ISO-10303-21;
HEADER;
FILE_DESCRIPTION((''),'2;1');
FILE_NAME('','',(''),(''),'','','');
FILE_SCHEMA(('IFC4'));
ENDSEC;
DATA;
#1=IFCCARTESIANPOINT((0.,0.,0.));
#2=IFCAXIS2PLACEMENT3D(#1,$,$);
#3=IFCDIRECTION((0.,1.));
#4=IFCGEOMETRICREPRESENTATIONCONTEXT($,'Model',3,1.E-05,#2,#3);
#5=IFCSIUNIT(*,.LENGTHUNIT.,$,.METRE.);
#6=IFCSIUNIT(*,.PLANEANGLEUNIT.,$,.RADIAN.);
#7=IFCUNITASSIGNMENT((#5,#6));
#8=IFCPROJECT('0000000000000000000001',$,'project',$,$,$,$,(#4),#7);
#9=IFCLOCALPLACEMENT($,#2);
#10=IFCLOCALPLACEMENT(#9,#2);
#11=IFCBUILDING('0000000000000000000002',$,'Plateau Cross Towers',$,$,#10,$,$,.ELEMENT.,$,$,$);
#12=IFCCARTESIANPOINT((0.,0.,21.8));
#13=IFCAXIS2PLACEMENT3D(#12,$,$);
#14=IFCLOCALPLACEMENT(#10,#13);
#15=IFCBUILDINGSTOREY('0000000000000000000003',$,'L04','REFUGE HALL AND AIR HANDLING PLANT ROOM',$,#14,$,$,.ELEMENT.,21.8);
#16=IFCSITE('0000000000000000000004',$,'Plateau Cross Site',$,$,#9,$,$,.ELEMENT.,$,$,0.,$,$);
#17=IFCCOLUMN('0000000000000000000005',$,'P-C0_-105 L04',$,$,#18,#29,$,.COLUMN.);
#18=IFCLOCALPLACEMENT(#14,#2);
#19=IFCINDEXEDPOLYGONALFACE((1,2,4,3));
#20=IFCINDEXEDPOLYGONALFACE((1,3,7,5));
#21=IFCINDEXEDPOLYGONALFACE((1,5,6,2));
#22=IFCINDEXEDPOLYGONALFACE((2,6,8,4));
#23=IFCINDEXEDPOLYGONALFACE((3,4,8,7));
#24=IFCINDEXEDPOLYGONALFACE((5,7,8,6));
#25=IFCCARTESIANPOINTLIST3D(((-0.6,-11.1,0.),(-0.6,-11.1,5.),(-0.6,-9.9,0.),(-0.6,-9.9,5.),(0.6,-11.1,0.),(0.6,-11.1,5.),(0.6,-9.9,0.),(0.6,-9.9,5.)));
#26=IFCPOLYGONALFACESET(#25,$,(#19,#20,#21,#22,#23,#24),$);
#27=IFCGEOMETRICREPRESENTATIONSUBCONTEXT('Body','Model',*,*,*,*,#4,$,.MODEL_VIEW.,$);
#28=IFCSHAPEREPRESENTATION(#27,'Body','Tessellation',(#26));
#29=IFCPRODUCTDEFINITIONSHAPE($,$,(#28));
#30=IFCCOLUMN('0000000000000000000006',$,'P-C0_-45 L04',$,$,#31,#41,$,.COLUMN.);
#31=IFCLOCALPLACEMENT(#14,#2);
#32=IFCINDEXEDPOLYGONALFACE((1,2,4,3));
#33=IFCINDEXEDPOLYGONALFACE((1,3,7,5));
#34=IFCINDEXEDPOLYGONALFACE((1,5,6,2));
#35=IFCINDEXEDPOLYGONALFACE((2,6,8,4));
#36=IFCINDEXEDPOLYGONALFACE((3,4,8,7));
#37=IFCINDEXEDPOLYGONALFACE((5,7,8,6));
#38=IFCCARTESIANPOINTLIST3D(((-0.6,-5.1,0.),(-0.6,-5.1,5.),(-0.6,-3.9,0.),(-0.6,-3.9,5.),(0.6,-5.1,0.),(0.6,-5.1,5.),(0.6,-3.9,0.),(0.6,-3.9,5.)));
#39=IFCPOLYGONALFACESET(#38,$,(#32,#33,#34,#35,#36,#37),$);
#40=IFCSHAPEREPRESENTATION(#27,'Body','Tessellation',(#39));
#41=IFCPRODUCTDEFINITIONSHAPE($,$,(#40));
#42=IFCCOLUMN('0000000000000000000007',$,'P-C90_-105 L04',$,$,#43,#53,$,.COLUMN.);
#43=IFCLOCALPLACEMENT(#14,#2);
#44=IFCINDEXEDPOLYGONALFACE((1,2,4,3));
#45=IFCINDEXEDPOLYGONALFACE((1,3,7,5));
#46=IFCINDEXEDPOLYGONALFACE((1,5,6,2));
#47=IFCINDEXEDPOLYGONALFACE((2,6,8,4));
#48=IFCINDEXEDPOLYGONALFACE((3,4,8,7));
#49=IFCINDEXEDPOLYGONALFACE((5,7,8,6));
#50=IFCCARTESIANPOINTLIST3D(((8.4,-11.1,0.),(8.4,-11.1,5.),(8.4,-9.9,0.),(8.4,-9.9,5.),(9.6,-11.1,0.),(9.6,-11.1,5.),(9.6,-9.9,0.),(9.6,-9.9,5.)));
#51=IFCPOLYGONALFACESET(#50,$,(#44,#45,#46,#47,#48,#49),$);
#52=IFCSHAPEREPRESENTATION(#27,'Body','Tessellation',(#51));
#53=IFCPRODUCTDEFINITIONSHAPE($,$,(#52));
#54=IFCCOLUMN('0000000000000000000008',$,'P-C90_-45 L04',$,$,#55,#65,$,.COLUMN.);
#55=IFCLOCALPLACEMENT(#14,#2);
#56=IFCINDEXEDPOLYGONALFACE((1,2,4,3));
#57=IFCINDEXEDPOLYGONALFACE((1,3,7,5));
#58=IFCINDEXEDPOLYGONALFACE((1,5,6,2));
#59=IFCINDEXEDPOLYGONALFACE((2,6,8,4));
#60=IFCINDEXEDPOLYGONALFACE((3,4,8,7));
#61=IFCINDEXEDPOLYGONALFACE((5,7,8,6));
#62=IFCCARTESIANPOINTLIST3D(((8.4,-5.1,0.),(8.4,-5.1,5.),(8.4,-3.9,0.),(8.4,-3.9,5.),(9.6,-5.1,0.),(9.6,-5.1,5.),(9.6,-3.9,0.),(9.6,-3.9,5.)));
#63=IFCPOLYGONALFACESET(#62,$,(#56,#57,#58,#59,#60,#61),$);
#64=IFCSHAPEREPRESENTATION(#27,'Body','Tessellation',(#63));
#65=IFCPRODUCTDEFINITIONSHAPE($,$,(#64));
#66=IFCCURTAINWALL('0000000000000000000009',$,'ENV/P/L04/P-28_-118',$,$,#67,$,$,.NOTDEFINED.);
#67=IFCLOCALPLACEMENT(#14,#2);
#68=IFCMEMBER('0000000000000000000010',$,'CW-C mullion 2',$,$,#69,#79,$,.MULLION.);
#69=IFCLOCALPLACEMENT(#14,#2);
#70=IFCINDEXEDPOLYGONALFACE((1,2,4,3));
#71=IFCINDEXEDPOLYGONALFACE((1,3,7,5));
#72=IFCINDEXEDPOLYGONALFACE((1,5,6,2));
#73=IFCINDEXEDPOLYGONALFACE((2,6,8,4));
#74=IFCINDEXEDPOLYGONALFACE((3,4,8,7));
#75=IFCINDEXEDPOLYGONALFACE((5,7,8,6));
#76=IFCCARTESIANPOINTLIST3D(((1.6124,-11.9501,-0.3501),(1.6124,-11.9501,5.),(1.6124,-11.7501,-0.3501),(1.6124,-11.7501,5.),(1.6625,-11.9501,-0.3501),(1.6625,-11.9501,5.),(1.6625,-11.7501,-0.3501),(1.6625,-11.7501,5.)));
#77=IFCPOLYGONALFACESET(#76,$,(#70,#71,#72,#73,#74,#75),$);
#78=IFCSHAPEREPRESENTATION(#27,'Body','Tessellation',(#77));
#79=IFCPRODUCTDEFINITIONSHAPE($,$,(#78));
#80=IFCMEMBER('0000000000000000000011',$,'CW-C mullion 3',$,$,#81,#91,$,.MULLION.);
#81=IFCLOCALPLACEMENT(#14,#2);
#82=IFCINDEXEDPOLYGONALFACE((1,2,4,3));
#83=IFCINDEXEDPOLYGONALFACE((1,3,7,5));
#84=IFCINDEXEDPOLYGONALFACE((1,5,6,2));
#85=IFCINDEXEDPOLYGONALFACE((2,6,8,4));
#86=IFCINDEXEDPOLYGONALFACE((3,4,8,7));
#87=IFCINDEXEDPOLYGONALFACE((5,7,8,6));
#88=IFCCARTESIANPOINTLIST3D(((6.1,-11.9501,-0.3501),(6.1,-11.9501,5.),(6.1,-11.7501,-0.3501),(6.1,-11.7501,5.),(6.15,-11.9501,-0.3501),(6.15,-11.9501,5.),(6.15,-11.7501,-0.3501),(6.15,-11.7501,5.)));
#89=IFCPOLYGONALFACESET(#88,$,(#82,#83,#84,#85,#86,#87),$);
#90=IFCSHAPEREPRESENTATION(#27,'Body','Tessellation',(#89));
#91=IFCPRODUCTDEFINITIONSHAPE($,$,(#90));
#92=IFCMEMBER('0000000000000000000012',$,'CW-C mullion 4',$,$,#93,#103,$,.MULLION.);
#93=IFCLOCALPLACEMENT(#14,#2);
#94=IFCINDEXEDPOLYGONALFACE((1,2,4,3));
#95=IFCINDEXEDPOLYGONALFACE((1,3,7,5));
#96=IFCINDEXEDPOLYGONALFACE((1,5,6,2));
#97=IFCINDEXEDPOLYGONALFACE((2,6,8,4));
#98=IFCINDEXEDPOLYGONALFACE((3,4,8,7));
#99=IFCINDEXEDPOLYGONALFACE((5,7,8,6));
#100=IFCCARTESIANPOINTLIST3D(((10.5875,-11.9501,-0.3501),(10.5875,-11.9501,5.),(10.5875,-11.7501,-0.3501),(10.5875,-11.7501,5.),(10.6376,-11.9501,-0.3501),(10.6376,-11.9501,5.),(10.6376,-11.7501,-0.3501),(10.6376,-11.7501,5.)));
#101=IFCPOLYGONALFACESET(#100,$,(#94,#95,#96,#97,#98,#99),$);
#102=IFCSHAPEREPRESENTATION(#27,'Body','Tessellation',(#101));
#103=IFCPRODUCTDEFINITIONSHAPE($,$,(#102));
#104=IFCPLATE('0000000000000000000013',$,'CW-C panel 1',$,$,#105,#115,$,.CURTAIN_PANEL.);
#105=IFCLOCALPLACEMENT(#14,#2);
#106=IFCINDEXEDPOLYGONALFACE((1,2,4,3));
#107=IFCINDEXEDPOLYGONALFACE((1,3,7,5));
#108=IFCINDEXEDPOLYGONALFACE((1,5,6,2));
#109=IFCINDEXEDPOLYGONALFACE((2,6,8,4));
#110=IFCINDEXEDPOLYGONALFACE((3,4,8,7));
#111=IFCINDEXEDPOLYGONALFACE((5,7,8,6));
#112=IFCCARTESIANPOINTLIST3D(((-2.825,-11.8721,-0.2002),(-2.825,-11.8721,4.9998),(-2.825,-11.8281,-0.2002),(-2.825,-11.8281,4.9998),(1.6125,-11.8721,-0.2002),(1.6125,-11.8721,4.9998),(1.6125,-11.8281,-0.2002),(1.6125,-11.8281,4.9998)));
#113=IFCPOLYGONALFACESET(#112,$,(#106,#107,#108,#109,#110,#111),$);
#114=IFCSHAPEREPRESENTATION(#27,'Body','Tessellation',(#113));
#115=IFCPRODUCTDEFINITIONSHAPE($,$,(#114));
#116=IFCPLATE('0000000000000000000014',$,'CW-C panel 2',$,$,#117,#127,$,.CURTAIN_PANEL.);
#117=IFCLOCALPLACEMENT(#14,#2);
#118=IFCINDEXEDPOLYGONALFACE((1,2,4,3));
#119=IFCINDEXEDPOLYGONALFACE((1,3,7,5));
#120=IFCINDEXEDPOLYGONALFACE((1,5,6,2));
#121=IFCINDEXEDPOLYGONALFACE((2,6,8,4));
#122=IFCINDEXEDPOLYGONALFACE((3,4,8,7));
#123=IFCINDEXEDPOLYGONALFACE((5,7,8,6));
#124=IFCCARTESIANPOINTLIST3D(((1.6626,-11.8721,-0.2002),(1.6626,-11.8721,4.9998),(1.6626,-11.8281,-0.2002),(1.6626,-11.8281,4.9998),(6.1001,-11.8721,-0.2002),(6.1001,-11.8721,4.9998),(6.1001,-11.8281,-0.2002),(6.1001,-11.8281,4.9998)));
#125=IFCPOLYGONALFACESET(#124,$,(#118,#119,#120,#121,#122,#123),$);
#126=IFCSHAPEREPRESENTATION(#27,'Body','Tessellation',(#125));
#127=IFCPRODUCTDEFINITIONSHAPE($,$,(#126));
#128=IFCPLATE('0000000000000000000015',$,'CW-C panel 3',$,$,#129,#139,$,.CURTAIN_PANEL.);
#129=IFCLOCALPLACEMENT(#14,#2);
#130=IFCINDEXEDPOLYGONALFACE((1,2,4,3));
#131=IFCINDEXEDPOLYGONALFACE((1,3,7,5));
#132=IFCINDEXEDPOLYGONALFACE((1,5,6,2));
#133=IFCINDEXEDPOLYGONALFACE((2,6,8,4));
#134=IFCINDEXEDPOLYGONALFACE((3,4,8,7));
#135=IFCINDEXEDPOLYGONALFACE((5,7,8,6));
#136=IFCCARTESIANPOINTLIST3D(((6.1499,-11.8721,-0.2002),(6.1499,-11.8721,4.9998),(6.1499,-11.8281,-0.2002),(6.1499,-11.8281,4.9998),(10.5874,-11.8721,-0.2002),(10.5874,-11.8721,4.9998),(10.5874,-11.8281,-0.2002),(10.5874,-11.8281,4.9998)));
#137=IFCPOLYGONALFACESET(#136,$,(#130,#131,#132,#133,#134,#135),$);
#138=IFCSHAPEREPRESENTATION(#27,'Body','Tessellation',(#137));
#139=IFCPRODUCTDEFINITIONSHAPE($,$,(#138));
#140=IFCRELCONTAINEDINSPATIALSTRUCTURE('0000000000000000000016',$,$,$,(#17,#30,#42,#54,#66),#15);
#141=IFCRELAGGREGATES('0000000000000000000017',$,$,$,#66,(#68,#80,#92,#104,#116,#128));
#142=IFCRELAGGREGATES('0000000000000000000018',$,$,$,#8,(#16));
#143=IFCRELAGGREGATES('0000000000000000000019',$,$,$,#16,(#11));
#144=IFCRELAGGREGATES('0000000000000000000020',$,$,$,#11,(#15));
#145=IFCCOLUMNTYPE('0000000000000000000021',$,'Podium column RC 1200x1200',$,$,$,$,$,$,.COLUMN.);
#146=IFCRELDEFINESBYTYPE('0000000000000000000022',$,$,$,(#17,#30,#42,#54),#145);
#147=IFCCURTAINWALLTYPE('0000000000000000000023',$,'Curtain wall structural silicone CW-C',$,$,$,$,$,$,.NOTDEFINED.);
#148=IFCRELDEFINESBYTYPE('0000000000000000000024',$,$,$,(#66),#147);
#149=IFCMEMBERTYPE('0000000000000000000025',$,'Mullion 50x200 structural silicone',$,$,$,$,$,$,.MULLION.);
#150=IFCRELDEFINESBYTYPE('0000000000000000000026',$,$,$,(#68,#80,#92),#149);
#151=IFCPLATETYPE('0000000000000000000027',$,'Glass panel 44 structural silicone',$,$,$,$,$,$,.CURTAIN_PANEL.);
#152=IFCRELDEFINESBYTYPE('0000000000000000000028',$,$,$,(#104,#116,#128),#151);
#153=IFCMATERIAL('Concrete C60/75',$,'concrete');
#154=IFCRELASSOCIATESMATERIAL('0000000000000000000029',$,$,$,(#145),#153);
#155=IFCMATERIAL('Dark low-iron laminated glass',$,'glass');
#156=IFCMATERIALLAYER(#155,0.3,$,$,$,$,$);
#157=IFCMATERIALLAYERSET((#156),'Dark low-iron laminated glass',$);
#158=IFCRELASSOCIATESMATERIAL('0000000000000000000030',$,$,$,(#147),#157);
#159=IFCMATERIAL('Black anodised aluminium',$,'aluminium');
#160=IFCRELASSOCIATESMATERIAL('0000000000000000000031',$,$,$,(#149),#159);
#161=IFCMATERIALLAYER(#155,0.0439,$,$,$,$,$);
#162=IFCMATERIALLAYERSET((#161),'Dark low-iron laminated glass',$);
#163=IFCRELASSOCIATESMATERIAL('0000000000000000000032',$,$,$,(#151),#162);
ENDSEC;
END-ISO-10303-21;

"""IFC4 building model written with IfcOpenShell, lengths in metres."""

from ifc_helpers import new_model, si_unit, direction, frame, origin, origin_2d, place, context, subcontext, project, spatial, rectangle, extrude, material, layer, layer_set, material_profile, profile_set, type_object, element, aggregate, save


model = new_model("IFC4")

# Units and contexts
model_context = context("Model", 3, precision=1e-05, world=origin(), true_north=direction((0.0, 1.0)))
body_context = subcontext(model_context, "Body", "Model", "MODEL_VIEW")
ifc_project = project(units=[si_unit("LENGTHUNIT", "METRE"), si_unit("PLANEANGLEUNIT", "RADIAN")], contexts=[model_context])

# Site, building, storey
site_placement = place(None, origin())
site = spatial("IfcSite", under=ifc_project, at=site_placement, Name="Plateau Cross Site", CompositionType="ELEMENT", RefElevation=0.0)
building_placement = place(site_placement, origin())
building = spatial("IfcBuilding", under=site, at=building_placement, Name="Plateau Cross Towers", CompositionType="ELEMENT")
storey_placement = place(building_placement, frame((0.0, 0.0, 21.8)))
storey = spatial("IfcBuildingStorey", under=building, at=storey_placement, Name="L04", Description="REFUGE HALL AND AIR HANDLING PLANT ROOM", CompositionType="ELEMENT", Elevation=21.8)

# Columns
ifc_material_1 = material(Name="Concrete C60/75", Category="concrete")
ifc_material_profile_1 = material_profile(ifc_material_1, rectangle(XDim=1.2, YDim=1.2, at=origin_2d()), Name="RC 1200x1200")
ifc_profile_set_1 = profile_set([ifc_material_profile_1], Name="Concrete C60/75")
column_type = type_object("IfcColumnType", Name="Podium column RC 1200x1200", PredefinedType="COLUMN", material=ifc_profile_set_1)
for number, where, z_axis, x_axis, name in (
    (1, (0.0, -10.5, 0.0), (0.0, 0.0, 1.0), (1.0, 0.0, 0.0), "P-C0_-105 L04"),
    (2, (0.0, -4.5, 0.0), (0.0, 0.0, 1.0), (1.0, 0.0, 0.0), "P-C0_-45 L04"),
    (3, (9.0, -10.5, 0.0), (0.0, 0.0, 1.0), (1.0, 0.0, 0.0), "P-C90_-105 L04"),
    (4, (9.0, -4.5, 0.0), (0.0, 0.0, 1.0), (1.0, 0.0, 0.0), "P-C90_-45 L04"),
):
    element("IfcColumn", number, at=place(storey_placement, frame(where, z_axis=z_axis, x_axis=x_axis)), inside=storey, type_object=column_type, Name=name, PredefinedType="COLUMN", context=body_context, shape_type="SweptSolid", body=[
        extrude(rectangle(XDim=1.2, YDim=1.2, at=origin_2d()), origin(), (0.0, 0.0, 1.0), 5.0),
    ])

# Curtain wall, members, plates
ifc_material_2 = material(Name="Dark low-iron laminated glass", Category="glass")
ifc_layer_1 = layer(ifc_material_2, 0.3)
ifc_layer_set_1 = layer_set([ifc_layer_1], Name="Dark low-iron laminated glass")
curtain_wall_type = type_object("IfcCurtainWallType", Name="Curtain wall structural silicone CW-C", PredefinedType="NOTDEFINED", material=ifc_layer_set_1)
curtain_wall_placement = place(storey_placement, origin())
curtain_wall = element("IfcCurtainWall", 5, at=curtain_wall_placement, inside=storey, type_object=curtain_wall_type, Name="ENV/P/L04/P-28_-118", PredefinedType="NOTDEFINED")
ifc_material_3 = material(Name="Black anodised aluminium", Category="aluminium")
ifc_material_profile_2 = material_profile(ifc_material_3, rectangle(XDim=0.05, YDim=0.2, at=origin_2d()), Name="MULLION 50x200")
ifc_profile_set_2 = profile_set([ifc_material_profile_2], Name="Black anodised aluminium")
member_type = type_object("IfcMemberType", Name="Mullion 50x200 structural silicone", PredefinedType="MULLION", material=ifc_profile_set_2)
member_1_placement = place(storey_placement, frame((1.6375, -11.8501, -0.3501), z_axis=(0.0, 0.0, 1.0), x_axis=(1.0, 0.0, 0.0)))
member_1 = element("IfcMember", 6, at=member_1_placement, type_object=member_type, Name="CW-C mullion 2", PredefinedType="MULLION", context=body_context, shape_type="SweptSolid", body=[
    extrude(rectangle(XDim=0.05, YDim=0.2, at=origin_2d()), origin(), (0.0, 0.0, 1.0), 5.3501),
])
member_2_placement = place(storey_placement, frame((6.125, -11.8501, -0.3501), z_axis=(0.0, 0.0, 1.0), x_axis=(1.0, 0.0, 0.0)))
member_2 = element("IfcMember", 7, at=member_2_placement, type_object=member_type, Name="CW-C mullion 3", PredefinedType="MULLION", context=body_context, shape_type="SweptSolid", body=[
    extrude(rectangle(XDim=0.05, YDim=0.2, at=origin_2d()), origin(), (0.0, 0.0, 1.0), 5.3501),
])
member_3_placement = place(storey_placement, frame((10.6125, -11.8501, -0.3501), z_axis=(0.0, 0.0, 1.0), x_axis=(1.0, 0.0, 0.0)))
member_3 = element("IfcMember", 8, at=member_3_placement, type_object=member_type, Name="CW-C mullion 4", PredefinedType="MULLION", context=body_context, shape_type="SweptSolid", body=[
    extrude(rectangle(XDim=0.05, YDim=0.2, at=origin_2d()), origin(), (0.0, 0.0, 1.0), 5.3501),
])
ifc_layer_2 = layer(ifc_material_2, 0.0439)
ifc_layer_set_2 = layer_set([ifc_layer_2], Name="Dark low-iron laminated glass")
plate_type = type_object("IfcPlateType", Name="Glass panel 44 structural silicone", PredefinedType="CURTAIN_PANEL", material=ifc_layer_set_2)
plate_1_placement = place(storey_placement, frame((-0.6062, -11.8501, -0.2002), z_axis=(0.0, 0.0, 1.0), x_axis=(1.0, 0.0, 0.0)))
plate_1 = element("IfcPlate", 9, at=plate_1_placement, type_object=plate_type, Name="CW-C panel 1", PredefinedType="CURTAIN_PANEL", context=body_context, shape_type="SweptSolid", body=[
    extrude(rectangle(XDim=4.4375, YDim=0.0439, at=origin_2d()), origin(), (0.0, 0.0, 1.0), 5.2),
])
plate_2_placement = place(storey_placement, frame((3.8813, -11.8501, -0.2002), z_axis=(0.0, 0.0, 1.0), x_axis=(1.0, 0.0, 0.0)))
plate_2 = element("IfcPlate", 10, at=plate_2_placement, type_object=plate_type, Name="CW-C panel 2", PredefinedType="CURTAIN_PANEL", context=body_context, shape_type="SweptSolid", body=[
    extrude(rectangle(XDim=4.4375, YDim=0.0439, at=origin_2d()), origin(), (0.0, 0.0, 1.0), 5.2),
])
plate_3_placement = place(storey_placement, frame((8.3687, -11.8501, -0.2002), z_axis=(0.0, 0.0, 1.0), x_axis=(1.0, 0.0, 0.0)))
plate_3 = element("IfcPlate", 11, at=plate_3_placement, type_object=plate_type, Name="CW-C panel 3", PredefinedType="CURTAIN_PANEL", context=body_context, shape_type="SweptSolid", body=[
    extrude(rectangle(XDim=4.4375, YDim=0.0439, at=origin_2d()), origin(), (0.0, 0.0, 1.0), 5.2),
])
aggregate(curtain_wall, [member_1, member_2, member_3, plate_1, plate_2, plate_3])

save(model, "model.ifc")
